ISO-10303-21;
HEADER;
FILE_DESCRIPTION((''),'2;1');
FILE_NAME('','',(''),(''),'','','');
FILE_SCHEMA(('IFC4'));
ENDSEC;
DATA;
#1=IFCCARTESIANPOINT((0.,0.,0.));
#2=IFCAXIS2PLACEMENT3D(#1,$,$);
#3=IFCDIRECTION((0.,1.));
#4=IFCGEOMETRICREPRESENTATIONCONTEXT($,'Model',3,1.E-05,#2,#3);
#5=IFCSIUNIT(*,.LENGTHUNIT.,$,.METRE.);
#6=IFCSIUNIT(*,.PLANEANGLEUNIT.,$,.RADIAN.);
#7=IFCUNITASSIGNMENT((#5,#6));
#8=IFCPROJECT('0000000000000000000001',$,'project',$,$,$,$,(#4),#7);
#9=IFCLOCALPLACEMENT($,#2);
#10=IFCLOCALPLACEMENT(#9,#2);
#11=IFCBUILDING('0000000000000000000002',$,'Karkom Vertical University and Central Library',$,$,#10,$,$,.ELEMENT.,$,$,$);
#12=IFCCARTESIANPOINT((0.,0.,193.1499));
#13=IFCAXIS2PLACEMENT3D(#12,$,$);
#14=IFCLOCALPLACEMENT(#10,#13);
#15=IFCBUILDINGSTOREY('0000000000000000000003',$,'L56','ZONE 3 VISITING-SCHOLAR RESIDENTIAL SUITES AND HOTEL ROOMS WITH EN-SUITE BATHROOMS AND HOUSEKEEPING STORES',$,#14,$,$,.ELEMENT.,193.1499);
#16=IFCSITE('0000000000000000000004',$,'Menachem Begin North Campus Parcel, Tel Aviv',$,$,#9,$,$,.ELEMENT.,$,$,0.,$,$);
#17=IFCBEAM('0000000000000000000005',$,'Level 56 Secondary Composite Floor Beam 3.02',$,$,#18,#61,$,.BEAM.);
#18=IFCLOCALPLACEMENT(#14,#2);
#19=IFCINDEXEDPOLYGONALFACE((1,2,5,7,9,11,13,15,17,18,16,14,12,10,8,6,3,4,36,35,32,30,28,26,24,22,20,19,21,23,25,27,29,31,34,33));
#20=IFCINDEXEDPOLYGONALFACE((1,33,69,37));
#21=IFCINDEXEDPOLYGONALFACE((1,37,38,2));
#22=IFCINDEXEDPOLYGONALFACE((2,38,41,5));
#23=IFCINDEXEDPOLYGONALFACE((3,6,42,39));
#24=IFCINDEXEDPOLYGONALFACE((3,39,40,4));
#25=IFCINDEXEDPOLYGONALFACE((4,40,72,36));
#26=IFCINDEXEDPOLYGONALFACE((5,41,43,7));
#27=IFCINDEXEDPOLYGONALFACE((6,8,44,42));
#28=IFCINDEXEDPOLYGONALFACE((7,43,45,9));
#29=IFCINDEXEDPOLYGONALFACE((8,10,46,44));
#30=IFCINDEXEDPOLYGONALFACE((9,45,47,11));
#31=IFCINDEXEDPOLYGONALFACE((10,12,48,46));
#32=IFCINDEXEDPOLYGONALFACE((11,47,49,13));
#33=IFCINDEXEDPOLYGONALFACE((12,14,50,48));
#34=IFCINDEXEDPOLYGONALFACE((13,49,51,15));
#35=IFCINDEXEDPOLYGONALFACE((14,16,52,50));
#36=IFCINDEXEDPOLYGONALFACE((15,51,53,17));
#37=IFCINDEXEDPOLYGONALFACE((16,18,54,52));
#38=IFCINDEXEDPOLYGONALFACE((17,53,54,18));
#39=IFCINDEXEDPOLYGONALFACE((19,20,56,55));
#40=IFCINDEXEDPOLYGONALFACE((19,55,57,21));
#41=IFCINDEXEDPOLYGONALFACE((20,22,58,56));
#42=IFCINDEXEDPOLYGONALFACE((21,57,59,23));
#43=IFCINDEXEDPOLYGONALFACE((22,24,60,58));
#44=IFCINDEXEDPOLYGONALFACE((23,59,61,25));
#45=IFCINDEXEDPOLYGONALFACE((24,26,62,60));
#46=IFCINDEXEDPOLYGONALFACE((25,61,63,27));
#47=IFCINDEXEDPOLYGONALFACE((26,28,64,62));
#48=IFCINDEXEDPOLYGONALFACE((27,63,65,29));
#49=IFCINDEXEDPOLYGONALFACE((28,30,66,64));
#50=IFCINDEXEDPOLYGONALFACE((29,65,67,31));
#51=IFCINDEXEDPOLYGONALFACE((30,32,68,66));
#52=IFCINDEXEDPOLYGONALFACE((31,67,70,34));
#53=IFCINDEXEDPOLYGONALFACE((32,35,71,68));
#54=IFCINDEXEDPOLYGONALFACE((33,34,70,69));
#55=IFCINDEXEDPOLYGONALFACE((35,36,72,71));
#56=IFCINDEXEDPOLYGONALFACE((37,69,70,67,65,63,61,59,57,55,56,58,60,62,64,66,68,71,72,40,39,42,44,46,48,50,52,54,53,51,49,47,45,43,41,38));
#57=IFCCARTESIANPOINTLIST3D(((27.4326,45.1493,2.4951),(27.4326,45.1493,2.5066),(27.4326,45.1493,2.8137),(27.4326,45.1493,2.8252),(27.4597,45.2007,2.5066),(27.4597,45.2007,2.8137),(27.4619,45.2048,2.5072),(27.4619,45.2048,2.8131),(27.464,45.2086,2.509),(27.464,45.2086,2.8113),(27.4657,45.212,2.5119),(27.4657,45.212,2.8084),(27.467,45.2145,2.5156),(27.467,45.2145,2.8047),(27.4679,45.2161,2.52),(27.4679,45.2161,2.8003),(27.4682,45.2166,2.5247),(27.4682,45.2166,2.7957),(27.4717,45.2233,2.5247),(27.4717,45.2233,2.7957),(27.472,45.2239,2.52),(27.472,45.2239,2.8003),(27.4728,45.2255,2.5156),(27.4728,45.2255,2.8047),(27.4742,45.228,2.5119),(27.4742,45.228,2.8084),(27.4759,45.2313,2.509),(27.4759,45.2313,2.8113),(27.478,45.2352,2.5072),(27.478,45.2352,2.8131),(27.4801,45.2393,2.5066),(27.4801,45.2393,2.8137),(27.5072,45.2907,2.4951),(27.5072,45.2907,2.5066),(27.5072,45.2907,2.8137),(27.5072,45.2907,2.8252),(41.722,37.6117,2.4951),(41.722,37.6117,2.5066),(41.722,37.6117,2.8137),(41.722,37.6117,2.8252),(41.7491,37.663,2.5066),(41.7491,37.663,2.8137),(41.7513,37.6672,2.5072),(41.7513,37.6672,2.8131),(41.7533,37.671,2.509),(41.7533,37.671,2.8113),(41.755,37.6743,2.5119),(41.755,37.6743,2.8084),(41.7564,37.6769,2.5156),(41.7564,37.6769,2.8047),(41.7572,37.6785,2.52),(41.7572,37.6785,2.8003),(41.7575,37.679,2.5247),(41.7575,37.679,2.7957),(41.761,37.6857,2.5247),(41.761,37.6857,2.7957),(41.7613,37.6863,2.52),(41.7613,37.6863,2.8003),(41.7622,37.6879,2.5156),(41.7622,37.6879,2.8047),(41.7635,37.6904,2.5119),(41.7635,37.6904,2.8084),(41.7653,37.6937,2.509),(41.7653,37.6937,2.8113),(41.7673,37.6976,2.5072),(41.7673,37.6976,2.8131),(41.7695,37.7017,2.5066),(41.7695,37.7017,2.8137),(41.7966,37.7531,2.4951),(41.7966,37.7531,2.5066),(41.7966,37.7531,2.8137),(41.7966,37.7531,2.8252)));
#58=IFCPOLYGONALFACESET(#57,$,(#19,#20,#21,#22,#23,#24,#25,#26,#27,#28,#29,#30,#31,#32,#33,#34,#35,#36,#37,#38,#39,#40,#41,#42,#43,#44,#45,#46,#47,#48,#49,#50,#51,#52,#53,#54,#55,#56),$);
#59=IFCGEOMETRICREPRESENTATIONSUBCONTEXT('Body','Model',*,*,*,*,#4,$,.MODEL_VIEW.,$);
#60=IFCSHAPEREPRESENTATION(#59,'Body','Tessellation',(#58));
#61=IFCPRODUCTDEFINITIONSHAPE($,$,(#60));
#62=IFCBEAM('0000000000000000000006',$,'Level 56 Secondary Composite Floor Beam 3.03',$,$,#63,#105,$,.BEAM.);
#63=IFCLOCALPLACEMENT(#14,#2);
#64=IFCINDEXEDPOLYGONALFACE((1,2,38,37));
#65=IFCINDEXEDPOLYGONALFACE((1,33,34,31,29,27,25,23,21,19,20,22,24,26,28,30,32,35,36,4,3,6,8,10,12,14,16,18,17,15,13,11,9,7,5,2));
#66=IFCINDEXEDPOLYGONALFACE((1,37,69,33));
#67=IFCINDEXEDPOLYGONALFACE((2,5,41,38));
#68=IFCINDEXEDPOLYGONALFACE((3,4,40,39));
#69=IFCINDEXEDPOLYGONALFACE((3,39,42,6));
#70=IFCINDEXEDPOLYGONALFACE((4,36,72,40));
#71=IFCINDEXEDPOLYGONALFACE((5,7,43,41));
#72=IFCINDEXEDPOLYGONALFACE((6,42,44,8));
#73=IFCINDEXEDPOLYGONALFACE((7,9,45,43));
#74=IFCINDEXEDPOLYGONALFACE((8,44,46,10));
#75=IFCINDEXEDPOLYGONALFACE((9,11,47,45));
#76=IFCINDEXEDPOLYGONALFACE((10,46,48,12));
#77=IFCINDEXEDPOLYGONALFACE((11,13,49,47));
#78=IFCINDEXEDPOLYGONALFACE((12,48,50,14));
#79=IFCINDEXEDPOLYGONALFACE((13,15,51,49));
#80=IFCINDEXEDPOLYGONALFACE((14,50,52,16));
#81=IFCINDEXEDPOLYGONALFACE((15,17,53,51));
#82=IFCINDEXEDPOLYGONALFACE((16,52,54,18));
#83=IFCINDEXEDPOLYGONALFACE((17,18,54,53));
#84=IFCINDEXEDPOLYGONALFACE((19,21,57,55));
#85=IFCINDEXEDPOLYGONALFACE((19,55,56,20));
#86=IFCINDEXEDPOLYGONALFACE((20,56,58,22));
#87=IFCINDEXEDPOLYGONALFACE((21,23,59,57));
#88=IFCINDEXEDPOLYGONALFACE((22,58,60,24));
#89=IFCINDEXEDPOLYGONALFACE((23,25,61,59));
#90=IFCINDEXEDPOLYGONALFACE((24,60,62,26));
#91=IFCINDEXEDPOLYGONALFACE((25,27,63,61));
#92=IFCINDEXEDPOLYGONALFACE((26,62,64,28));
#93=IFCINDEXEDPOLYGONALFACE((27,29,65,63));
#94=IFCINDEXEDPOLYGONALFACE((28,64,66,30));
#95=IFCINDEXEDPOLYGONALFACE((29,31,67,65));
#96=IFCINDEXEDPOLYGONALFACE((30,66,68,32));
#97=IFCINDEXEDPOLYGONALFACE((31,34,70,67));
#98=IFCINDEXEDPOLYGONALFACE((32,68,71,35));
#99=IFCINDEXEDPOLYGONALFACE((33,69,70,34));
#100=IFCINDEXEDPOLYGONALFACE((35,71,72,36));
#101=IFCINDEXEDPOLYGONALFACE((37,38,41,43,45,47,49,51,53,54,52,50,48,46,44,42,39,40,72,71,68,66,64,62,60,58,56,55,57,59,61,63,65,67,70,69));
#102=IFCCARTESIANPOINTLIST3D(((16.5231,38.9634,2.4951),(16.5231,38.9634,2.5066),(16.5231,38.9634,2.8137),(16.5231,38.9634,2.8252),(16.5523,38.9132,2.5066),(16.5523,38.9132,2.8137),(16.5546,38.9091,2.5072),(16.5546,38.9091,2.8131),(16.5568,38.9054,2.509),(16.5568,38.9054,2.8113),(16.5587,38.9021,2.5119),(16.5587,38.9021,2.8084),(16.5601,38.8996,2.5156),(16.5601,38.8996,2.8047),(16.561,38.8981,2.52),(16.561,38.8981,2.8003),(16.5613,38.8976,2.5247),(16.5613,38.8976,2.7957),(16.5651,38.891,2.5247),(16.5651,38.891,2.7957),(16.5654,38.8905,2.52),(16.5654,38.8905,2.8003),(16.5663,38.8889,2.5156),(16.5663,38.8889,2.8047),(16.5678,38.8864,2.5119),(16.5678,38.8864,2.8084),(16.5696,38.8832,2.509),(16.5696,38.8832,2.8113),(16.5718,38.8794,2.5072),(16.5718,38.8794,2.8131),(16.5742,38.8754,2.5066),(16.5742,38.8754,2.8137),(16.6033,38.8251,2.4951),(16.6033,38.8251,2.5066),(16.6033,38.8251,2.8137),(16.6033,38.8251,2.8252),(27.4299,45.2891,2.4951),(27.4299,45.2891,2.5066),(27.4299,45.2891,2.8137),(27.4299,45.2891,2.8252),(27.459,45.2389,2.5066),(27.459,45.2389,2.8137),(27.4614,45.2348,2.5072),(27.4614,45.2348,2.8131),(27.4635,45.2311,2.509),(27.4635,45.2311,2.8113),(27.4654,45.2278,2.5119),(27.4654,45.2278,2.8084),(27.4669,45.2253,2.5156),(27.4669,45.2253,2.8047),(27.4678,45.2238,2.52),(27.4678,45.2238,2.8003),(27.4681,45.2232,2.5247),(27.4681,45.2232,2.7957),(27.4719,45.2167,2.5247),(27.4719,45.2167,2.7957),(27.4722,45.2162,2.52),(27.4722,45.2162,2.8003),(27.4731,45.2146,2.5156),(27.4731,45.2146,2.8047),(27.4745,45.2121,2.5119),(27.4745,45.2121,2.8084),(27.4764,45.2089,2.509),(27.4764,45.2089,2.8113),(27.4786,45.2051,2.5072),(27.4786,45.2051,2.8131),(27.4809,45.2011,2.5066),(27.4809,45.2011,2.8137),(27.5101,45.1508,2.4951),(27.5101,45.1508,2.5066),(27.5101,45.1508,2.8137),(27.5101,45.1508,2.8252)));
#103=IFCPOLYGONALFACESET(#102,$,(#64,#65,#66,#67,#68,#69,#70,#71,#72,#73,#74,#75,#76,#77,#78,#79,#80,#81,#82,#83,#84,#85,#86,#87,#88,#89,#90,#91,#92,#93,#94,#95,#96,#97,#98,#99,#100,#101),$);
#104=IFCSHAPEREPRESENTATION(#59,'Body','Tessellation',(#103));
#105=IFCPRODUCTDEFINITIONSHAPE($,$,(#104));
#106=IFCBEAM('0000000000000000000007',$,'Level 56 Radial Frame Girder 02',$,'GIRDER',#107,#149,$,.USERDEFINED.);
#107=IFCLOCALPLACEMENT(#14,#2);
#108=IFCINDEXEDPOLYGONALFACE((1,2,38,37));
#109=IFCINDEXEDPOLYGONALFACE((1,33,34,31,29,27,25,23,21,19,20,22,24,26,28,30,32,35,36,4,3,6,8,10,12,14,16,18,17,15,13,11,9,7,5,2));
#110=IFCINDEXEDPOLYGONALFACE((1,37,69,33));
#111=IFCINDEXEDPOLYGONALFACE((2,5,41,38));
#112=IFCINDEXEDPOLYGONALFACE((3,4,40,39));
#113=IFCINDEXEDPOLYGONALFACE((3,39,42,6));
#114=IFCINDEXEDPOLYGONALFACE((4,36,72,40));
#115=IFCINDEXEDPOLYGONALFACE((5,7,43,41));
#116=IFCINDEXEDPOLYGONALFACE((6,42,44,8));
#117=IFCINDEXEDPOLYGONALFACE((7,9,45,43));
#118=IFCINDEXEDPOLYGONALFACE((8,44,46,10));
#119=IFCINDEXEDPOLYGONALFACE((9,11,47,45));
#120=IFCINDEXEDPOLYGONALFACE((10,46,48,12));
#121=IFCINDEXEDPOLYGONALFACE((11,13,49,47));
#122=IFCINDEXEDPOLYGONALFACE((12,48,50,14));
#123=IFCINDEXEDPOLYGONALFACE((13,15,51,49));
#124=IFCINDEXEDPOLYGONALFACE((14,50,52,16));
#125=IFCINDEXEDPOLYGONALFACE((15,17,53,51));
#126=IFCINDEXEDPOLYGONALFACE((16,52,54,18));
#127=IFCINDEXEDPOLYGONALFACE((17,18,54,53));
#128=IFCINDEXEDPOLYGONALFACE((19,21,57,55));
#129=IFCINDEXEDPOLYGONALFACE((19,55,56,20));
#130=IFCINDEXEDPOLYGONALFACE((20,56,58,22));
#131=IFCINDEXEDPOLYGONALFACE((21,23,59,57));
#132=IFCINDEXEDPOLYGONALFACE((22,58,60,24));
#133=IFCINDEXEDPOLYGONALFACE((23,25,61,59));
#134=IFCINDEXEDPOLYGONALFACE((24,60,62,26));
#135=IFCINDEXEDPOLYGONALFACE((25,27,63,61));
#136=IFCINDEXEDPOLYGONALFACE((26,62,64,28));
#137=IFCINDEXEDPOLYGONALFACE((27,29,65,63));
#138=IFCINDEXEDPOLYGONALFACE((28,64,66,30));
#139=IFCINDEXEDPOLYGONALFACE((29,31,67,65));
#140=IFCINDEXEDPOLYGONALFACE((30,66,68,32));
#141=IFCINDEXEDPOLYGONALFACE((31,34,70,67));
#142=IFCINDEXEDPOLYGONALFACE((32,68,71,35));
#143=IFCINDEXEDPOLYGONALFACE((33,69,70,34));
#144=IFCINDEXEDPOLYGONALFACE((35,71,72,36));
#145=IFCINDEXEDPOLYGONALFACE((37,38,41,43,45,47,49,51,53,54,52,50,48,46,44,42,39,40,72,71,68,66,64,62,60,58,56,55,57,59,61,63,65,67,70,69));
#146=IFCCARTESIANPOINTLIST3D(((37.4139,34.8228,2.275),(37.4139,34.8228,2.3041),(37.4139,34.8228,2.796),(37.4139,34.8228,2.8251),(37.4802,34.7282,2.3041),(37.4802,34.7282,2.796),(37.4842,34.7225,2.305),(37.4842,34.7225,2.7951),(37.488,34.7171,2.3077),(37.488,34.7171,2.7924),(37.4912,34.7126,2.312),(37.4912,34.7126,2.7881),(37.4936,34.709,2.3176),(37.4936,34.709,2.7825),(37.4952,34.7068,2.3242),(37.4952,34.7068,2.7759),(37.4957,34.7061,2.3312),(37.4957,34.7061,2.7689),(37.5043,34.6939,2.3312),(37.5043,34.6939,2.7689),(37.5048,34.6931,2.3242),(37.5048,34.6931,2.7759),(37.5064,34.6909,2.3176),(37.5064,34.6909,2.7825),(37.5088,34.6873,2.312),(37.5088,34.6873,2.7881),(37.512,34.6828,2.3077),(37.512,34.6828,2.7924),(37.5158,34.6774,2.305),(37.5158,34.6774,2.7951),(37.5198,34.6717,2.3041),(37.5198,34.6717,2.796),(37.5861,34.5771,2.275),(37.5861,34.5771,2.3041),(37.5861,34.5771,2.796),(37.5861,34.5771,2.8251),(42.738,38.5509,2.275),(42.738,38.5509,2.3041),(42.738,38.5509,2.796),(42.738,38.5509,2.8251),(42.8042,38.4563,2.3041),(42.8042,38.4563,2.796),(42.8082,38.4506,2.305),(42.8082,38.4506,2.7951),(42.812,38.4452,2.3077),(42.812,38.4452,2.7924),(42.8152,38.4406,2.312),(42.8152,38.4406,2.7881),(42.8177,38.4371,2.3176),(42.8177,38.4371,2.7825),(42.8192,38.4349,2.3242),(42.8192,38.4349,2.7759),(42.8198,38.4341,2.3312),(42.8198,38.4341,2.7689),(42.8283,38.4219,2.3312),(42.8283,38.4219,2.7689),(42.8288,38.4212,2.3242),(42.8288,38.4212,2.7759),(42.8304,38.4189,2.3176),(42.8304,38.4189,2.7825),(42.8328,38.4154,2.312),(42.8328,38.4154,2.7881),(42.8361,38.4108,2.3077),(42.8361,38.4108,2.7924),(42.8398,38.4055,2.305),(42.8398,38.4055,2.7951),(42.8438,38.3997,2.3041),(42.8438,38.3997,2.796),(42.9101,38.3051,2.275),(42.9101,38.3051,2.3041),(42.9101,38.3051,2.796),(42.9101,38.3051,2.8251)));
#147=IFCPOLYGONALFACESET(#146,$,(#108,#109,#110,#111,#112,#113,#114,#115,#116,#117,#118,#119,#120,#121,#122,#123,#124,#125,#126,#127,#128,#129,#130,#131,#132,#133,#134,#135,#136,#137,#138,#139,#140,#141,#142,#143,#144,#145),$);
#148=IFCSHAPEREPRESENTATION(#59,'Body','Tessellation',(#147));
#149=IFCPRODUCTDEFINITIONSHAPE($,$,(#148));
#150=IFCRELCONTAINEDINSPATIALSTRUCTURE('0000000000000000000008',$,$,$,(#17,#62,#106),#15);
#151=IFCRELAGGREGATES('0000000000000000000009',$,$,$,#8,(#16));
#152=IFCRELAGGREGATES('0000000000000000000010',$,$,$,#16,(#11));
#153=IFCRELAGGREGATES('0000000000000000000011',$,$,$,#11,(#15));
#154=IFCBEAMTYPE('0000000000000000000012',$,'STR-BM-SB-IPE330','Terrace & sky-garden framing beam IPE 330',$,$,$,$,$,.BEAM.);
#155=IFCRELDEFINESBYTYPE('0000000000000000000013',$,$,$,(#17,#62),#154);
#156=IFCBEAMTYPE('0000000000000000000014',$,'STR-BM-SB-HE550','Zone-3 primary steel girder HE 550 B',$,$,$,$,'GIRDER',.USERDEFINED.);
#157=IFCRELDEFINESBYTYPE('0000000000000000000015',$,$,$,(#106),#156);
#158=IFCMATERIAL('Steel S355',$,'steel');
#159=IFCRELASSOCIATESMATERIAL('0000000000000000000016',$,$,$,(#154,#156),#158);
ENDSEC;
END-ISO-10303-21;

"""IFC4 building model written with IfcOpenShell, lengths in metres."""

from ifc_helpers import new_model, si_unit, direction, frame, origin, origin_with_axes, origin_2d, place, context, subcontext, project, spatial, i_section, extrude, source, transform, mapped, material, material_profile, profile_set, type_object, element, save


model = new_model("IFC4")

# Units and contexts
model_context = context("Model", 3, precision=1e-05, world=origin(), true_north=direction((0.0, 1.0)))
body_context = subcontext(model_context, "Body", "Model", "MODEL_VIEW")
ifc_project = project(units=[si_unit("LENGTHUNIT", "METRE"), si_unit("PLANEANGLEUNIT", "RADIAN")], contexts=[model_context])

# Site, building, storey
site_placement = place(None, origin())
site = spatial("IfcSite", under=ifc_project, at=site_placement, Name="Menachem Begin North Campus Parcel, Tel Aviv", CompositionType="ELEMENT", RefElevation=0.0)
building_placement = place(site_placement, origin())
building = spatial("IfcBuilding", under=site, at=building_placement, Name="Karkom Vertical University and Central Library", CompositionType="ELEMENT")
storey_placement = place(building_placement, frame((0.0, 0.0, 193.1499)))
storey = spatial("IfcBuildingStorey", under=building, at=storey_placement, Name="L56", Description="ZONE 3 VISITING-SCHOLAR RESIDENTIAL SUITES AND HOTEL ROOMS WITH EN-SUITE BATHROOMS AND HOUSEKEEPING STORES", CompositionType="ELEMENT", Elevation=193.1499)

# Beams
ifc_material_1 = material(Name="Steel S355", Category="steel")
ifc_material_profile_1 = material_profile(ifc_material_1, i_section(OverallWidth=0.1599, OverallDepth=0.3301, WebThickness=0.0076, FlangeThickness=0.0115, FilletRadius=0.0181, at=origin_2d()), Name="IPE 330")
ifc_profile_set_1 = profile_set([ifc_material_profile_1], Name="Steel S355")
beam_type_1 = type_object("IfcBeamType", Name="STR-BM-SB-IPE330", Description="Terrace & sky-garden framing beam IPE 330", PredefinedType="BEAM", material=ifc_profile_set_1)
shared_shape_1 = source(origin_with_axes(), body_context, "Body", "SweptSolid", [
    extrude(i_section(OverallWidth=0.1599, OverallDepth=0.3301, WebThickness=0.0076, FlangeThickness=0.0115, FilletRadius=0.0181, at=origin_2d()), origin(), (0.0, 0.0, 1.0), 16.1555),
])
beam_1_placement = place(storey_placement, frame((41.7593, 37.6824, 2.6602), z_axis=(-0.884486, 0.466566, 0.0), x_axis=(-0.466566, -0.884486, 0.0)))
element("IfcBeam", 1, at=beam_1_placement, inside=storey, type_object=beam_type_1, Name="Level 56 Secondary Composite Floor Beam 3.02", PredefinedType="BEAM", context=body_context, shape_type="MappedRepresentation", body=[
    mapped(shared_shape_1, transform((0.0, 0.0, 0.0), scale=1.0)),
])
shared_shape_2 = source(origin_with_axes(), body_context, "Body", "SweptSolid", [
    extrude(i_section(OverallWidth=0.1599, OverallDepth=0.3301, WebThickness=0.0076, FlangeThickness=0.0115, FilletRadius=0.0181, at=origin_2d()), origin(), (0.0, 0.0, 1.0), 12.6084),
])
beam_2_placement = place(storey_placement, frame((27.47, 45.22, 2.6602), z_axis=(-0.865039, -0.501705, 0.0), x_axis=(0.501705, -0.865039, 0.0)))
element("IfcBeam", 2, at=beam_2_placement, inside=storey, type_object=beam_type_1, Name="Level 56 Secondary Composite Floor Beam 3.03", PredefinedType="BEAM", context=body_context, shape_type="MappedRepresentation", body=[
    mapped(shared_shape_2, transform((0.0, 0.0, 0.0), scale=1.0)),
])
ifc_material_profile_2 = material_profile(ifc_material_1, i_section(OverallWidth=0.3, OverallDepth=0.55, WebThickness=0.0149, FlangeThickness=0.0291, FilletRadius=0.0271, at=origin_2d()), Name="HE 550 B")
ifc_profile_set_2 = profile_set([ifc_material_profile_2], Name="Steel S355")
beam_type_2 = type_object("IfcBeamType", Name="STR-BM-SB-HE550", Description="Zone-3 primary steel girder HE 550 B", ElementType="GIRDER", PredefinedType="USERDEFINED", material=ifc_profile_set_2)
shared_shape_3 = source(origin_with_axes(), body_context, "Body", "SweptSolid", [
    extrude(i_section(OverallWidth=0.3, OverallDepth=0.55, WebThickness=0.0149, FlangeThickness=0.0291, FilletRadius=0.0271, at=origin_2d()), origin(), (0.0, 0.0, 1.0), 6.4995),
])
beam_3_placement = place(storey_placement, frame((37.5, 34.7, 2.55), z_axis=(0.819142, 0.573591, 0.0), x_axis=(-0.573591, 0.819142, 0.0)))
element("IfcBeam", 3, at=beam_3_placement, inside=storey, type_object=beam_type_2, Name="Level 56 Radial Frame Girder 02", ObjectType="GIRDER", PredefinedType="USERDEFINED", context=body_context, shape_type="MappedRepresentation", body=[
    mapped(shared_shape_3, transform((0.0, 0.0, 0.0), scale=1.0)),
])

save(model, "model.ifc")
